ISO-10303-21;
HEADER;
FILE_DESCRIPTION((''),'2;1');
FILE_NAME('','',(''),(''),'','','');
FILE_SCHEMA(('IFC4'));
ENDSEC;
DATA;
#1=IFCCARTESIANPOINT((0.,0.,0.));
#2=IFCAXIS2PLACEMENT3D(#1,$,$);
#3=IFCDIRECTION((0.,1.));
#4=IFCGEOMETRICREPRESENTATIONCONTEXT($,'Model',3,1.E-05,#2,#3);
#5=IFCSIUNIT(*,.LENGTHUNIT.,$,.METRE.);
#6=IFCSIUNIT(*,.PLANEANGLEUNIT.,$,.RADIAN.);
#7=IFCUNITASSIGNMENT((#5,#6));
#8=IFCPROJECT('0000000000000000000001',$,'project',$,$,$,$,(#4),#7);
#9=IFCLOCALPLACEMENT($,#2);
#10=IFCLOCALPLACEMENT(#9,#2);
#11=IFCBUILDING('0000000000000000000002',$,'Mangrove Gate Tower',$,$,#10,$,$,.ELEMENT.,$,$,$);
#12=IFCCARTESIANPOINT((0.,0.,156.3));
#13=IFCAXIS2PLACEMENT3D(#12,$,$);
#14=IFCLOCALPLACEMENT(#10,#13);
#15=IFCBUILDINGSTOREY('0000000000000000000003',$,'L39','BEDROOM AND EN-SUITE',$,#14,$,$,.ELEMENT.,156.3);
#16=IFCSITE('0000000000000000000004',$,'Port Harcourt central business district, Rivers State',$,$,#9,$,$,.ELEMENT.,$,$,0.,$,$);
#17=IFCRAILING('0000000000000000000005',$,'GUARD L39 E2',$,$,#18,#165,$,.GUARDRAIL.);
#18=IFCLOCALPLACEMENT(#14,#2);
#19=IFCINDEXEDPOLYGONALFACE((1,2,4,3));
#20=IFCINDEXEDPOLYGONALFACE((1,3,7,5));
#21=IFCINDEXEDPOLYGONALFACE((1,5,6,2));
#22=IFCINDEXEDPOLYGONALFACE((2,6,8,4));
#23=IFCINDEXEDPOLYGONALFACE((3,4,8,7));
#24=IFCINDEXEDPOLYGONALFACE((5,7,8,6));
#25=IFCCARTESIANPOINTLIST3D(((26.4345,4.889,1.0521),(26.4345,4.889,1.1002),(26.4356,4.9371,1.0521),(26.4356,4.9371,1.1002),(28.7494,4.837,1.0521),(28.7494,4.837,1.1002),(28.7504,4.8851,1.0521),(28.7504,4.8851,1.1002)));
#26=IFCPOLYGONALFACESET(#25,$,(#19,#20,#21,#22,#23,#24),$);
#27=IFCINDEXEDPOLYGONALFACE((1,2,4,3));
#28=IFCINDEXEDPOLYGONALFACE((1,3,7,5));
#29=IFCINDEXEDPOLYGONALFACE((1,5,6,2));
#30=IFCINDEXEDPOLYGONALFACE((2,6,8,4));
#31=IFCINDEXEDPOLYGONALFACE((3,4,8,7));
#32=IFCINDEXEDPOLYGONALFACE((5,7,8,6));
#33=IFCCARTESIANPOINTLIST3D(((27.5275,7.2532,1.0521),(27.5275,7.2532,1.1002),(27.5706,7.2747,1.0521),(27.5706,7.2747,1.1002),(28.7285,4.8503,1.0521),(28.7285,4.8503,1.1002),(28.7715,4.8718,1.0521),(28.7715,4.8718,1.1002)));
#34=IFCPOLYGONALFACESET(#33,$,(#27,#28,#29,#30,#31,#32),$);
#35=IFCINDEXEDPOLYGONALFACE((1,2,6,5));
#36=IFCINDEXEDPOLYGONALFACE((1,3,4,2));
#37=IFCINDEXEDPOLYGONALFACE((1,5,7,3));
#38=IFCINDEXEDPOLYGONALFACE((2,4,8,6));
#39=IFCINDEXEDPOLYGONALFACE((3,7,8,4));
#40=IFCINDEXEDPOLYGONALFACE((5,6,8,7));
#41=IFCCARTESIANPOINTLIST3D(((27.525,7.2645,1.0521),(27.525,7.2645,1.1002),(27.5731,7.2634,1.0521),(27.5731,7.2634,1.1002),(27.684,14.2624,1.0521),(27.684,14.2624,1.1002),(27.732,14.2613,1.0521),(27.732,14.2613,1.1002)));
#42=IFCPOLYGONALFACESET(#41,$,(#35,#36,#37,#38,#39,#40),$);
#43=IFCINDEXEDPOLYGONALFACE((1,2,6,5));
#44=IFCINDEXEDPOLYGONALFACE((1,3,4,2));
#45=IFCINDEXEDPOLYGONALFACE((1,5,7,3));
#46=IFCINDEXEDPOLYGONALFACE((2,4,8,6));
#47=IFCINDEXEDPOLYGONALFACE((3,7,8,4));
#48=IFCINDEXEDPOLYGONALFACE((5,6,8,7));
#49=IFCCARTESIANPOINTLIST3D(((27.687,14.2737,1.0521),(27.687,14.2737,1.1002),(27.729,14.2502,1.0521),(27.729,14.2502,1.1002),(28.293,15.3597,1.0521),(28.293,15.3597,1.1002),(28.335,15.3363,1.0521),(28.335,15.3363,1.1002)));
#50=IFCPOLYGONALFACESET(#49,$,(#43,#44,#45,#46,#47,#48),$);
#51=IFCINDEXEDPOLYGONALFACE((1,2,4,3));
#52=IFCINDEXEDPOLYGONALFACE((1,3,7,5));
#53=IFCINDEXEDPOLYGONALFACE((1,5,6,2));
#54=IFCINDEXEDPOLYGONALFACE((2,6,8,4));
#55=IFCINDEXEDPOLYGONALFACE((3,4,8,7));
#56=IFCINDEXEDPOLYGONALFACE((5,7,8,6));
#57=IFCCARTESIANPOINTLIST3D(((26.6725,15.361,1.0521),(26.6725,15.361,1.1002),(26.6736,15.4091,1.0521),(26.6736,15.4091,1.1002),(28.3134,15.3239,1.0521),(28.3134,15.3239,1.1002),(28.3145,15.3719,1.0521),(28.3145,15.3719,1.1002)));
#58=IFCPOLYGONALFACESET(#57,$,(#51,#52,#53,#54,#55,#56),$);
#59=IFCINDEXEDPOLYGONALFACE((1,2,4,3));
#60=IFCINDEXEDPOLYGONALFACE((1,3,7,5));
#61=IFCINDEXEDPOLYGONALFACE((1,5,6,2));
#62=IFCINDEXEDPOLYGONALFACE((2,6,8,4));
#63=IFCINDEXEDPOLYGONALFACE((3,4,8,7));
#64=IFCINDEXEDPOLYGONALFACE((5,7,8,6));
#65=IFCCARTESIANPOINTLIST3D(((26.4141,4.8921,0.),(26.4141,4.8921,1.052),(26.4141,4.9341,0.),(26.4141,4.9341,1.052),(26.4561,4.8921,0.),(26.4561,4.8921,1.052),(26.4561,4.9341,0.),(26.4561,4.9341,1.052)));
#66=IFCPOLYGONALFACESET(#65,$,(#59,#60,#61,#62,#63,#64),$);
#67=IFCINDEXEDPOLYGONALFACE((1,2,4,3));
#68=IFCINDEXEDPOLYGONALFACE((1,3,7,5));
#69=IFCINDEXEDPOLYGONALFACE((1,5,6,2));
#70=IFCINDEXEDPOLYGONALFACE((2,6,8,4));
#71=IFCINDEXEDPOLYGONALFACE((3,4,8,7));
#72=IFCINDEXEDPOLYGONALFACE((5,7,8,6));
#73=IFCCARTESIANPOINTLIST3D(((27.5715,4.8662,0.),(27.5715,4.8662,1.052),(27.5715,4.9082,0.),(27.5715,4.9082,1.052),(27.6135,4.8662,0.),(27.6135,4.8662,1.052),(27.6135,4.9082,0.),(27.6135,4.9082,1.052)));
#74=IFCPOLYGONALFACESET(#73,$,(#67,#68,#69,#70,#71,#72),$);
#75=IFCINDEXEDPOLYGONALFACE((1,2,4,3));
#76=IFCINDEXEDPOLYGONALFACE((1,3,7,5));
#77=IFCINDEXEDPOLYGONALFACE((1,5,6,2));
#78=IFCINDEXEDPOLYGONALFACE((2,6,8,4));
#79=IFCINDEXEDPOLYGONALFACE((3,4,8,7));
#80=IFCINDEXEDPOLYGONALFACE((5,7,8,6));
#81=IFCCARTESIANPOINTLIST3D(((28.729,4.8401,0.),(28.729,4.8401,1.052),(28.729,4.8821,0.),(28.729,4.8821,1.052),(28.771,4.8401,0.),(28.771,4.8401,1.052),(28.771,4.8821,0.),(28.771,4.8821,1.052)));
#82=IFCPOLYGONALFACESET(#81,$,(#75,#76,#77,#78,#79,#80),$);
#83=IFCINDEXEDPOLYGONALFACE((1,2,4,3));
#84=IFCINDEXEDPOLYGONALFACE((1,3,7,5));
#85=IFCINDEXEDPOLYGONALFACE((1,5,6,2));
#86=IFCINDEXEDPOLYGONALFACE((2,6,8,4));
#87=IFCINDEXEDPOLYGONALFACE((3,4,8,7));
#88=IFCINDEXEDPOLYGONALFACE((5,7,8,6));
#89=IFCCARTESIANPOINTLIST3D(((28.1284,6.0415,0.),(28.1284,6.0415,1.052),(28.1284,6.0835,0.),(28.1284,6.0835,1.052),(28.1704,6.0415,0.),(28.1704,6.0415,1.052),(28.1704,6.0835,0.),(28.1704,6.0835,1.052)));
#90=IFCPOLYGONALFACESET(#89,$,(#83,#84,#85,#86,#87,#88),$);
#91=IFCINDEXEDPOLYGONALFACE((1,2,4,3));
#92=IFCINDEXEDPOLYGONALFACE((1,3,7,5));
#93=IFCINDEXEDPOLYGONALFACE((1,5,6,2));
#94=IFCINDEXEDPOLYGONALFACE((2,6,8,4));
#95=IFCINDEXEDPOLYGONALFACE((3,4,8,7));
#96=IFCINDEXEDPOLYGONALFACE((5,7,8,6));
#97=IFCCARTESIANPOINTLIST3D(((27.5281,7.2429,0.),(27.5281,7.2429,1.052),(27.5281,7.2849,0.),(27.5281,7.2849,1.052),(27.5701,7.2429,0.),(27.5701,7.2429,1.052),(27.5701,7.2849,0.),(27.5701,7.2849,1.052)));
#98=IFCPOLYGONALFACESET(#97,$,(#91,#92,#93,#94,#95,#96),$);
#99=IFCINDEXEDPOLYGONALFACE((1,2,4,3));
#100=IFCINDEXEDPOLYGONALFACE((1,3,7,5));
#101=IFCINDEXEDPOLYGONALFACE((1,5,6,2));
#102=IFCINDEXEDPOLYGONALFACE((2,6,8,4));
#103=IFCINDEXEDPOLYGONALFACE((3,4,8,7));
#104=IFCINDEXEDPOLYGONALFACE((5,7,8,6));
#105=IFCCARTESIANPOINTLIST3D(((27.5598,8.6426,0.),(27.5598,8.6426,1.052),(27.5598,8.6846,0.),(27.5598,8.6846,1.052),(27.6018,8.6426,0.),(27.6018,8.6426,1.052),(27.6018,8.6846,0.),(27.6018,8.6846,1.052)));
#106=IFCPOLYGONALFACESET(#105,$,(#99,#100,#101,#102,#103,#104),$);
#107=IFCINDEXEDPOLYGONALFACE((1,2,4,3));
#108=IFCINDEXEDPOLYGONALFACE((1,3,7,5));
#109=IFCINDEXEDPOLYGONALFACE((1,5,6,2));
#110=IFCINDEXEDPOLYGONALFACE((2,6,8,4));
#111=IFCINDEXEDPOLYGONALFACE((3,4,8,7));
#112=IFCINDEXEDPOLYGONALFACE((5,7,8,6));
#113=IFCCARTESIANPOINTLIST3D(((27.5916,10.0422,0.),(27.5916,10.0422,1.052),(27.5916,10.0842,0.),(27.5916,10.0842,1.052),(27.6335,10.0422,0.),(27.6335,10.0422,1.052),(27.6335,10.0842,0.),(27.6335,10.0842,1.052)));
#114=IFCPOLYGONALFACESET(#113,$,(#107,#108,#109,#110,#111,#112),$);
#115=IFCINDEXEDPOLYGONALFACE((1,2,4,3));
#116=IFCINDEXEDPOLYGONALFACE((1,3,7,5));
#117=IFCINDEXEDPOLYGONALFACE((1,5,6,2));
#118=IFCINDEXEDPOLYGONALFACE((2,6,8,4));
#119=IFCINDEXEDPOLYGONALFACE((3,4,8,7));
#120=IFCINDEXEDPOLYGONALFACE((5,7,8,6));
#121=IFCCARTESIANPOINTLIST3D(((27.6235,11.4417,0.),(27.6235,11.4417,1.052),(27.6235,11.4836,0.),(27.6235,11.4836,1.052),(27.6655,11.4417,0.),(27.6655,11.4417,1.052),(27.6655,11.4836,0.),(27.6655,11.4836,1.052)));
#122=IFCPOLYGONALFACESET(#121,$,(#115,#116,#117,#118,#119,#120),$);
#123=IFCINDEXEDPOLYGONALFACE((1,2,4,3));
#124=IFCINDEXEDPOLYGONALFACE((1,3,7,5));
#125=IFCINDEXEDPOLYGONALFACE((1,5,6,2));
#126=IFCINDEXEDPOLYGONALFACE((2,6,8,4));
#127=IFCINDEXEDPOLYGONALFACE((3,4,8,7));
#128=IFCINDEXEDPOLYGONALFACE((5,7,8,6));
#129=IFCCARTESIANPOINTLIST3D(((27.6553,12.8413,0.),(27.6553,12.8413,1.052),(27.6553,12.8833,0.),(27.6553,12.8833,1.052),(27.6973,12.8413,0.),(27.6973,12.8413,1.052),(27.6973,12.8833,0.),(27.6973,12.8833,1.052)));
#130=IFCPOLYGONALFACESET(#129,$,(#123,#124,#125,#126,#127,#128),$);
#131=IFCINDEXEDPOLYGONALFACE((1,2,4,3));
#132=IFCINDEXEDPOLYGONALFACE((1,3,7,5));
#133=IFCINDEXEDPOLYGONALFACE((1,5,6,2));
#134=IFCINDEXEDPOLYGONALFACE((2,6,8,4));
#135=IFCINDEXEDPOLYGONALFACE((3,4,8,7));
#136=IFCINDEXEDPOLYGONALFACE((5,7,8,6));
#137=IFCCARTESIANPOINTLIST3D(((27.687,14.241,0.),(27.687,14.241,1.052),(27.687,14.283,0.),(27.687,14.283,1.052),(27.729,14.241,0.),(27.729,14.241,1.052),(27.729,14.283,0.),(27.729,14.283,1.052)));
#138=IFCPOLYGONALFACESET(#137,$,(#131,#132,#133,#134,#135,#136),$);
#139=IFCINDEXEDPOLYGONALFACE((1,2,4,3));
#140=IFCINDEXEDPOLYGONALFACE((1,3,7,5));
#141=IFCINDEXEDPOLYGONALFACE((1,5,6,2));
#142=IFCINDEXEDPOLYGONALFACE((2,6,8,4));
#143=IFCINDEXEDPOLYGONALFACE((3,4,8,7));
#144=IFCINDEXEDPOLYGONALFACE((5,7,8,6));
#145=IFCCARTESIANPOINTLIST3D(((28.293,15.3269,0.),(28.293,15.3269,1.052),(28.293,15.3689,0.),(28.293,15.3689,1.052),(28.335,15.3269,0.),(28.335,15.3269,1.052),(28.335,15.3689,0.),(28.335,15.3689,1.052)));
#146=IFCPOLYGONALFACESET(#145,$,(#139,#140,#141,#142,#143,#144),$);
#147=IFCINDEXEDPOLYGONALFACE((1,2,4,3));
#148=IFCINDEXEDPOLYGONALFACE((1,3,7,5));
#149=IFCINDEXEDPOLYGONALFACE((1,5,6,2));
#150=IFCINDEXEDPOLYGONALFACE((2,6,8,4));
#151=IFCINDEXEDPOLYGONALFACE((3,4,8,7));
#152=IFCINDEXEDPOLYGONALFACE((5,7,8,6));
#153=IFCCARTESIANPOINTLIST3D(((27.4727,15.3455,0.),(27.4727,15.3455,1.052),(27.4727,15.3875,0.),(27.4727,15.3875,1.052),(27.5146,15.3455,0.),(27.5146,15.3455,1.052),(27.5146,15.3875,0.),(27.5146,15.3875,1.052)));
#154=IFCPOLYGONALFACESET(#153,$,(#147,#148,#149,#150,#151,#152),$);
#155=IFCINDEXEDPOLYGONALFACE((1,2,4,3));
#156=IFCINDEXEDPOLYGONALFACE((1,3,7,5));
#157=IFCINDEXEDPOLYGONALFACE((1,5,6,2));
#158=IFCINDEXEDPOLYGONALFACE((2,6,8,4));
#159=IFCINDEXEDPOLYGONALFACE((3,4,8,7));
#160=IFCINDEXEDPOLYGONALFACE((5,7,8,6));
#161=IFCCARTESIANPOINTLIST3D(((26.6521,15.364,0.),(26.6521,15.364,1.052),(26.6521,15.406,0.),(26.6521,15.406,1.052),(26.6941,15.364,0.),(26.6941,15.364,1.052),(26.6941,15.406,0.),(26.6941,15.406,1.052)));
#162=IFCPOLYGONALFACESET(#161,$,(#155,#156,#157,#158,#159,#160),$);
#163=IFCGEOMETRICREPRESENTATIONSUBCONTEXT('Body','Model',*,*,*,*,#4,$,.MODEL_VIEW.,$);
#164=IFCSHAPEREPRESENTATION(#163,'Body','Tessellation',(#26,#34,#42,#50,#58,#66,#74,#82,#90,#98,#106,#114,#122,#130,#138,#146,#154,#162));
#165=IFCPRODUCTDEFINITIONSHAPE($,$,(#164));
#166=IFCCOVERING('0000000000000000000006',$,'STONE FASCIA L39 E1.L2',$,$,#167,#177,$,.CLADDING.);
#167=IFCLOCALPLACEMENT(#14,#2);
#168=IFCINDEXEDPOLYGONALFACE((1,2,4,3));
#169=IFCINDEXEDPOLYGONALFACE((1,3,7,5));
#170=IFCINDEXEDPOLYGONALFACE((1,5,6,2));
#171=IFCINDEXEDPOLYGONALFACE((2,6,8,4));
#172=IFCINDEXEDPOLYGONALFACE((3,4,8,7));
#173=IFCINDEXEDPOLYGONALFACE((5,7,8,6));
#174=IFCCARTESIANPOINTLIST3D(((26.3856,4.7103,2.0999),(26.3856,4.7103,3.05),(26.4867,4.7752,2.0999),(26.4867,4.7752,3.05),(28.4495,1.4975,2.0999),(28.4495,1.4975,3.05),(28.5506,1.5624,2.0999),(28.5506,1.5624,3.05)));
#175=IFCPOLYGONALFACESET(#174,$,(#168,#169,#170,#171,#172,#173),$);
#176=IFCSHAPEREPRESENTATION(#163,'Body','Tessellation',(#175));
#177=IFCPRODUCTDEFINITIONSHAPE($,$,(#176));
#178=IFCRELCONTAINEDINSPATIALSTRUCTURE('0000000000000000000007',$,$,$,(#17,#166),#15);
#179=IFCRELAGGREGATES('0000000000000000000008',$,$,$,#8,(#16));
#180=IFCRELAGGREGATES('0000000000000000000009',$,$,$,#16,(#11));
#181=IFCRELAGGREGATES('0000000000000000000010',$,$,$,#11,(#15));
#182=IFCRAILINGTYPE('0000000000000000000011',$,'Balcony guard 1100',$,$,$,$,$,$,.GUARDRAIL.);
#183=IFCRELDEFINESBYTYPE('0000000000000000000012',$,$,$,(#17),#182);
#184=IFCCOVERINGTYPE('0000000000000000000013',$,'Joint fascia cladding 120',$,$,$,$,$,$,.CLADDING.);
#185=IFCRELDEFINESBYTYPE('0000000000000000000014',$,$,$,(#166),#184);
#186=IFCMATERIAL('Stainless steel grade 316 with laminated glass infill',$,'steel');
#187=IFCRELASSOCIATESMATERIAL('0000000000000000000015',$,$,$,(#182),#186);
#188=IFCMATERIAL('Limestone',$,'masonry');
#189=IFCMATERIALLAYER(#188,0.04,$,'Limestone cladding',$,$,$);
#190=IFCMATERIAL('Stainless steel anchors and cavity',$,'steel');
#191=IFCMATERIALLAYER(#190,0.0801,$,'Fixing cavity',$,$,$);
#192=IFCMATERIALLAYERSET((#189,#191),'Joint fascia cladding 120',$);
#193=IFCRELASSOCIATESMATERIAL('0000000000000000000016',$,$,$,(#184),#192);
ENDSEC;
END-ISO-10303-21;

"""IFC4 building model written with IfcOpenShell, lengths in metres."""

from ifc_helpers import new_model, si_unit, direction, frame, frame_2d, origin, origin_2d, place, context, subcontext, project, spatial, rectangle, extrude, material, layer, layer_set, type_object, element, save


model = new_model("IFC4")

# Units and contexts
model_context = context("Model", 3, precision=1e-05, world=origin(), true_north=direction((0.0, 1.0)))
body_context = subcontext(model_context, "Body", "Model", "MODEL_VIEW")
ifc_project = project(units=[si_unit("LENGTHUNIT", "METRE"), si_unit("PLANEANGLEUNIT", "RADIAN")], contexts=[model_context])

# Site, building, storey
site_placement = place(None, origin())
site = spatial("IfcSite", under=ifc_project, at=site_placement, Name="Port Harcourt central business district, Rivers State", CompositionType="ELEMENT", RefElevation=0.0)
building_placement = place(site_placement, origin())
building = spatial("IfcBuilding", under=site, at=building_placement, Name="Mangrove Gate Tower", CompositionType="ELEMENT")
storey_placement = place(building_placement, frame((0.0, 0.0, 156.3)))
storey = spatial("IfcBuildingStorey", under=building, at=storey_placement, Name="L39", Description="BEDROOM AND EN-SUITE", CompositionType="ELEMENT", Elevation=156.3)

# Shared definitions
ifc_material_1 = material(Name="Limestone", Category="masonry")

# Railing
ifc_material_2 = material(Name="Stainless steel grade 316 with laminated glass infill", Category="steel")
railing_type = type_object("IfcRailingType", Name="Balcony guard 1100", PredefinedType="GUARDRAIL", material=ifc_material_2)
railing_placement = place(storey_placement, frame((26.4351, 4.9131, 0.0)))
element("IfcRailing", 1, at=railing_placement, inside=storey, type_object=railing_type, Name="GUARD L39 E2", PredefinedType="GUARDRAIL", context=body_context, shape_type="SweptSolid", body=[
    extrude(rectangle(XDim=0.0481, YDim=0.0481, at=origin_2d()), frame((0.0, 0.0, 1.0762), z_axis=(0.999748, -0.022458, 0.0), x_axis=(0.022458, 0.999748, 0.0)), (0.0, 0.0, 1.0), 2.3154),
    extrude(rectangle(XDim=0.0481, YDim=0.0481, at=origin_2d()), frame((2.3149, -0.052, 1.0762), z_axis=(-0.447068, 0.8945, 0.0), x_axis=(-0.8945, -0.447068, 0.0)), (0.0, 0.0, 1.0), 2.6863),
    extrude(rectangle(XDim=0.0481, YDim=0.0481, at=origin_2d()), frame((1.114, 2.3508, 1.0762), z_axis=(0.022706, 0.999742, 0.0), x_axis=(-0.999742, 0.022706, 0.0)), (0.0, 0.0, 1.0), 6.9998),
    extrude(rectangle(XDim=0.0481, YDim=0.0481, at=origin_2d()), frame((1.2729, 9.3489, 1.0762), z_axis=(0.487276, 0.873248, 0.0), x_axis=(-0.873248, 0.487276, 0.0)), (0.0, 0.0, 1.0), 1.2437),
    extrude(rectangle(XDim=0.0481, YDim=0.0481, at=origin_2d()), frame((1.8789, 10.4348, 1.0762), z_axis=(-0.999744, 0.02261, 0.0), x_axis=(-0.02261, -0.999744, 0.0)), (0.0, 0.0, 1.0), 1.6414),
    extrude(rectangle(XDim=0.042, YDim=0.042, at=origin_2d()), origin(), (0.0, 0.0, 1.0), 1.052),
    extrude(rectangle(XDim=0.042, YDim=0.042, at=origin_2d()), frame((1.1575, -0.0259, 0.0)), (0.0, 0.0, 1.0), 1.052),
    extrude(rectangle(XDim=0.042, YDim=0.042, at=origin_2d()), frame((2.3149, -0.052, 0.0)), (0.0, 0.0, 1.0), 1.052),
    extrude(rectangle(XDim=0.042, YDim=0.042, at=origin_2d()), frame((1.7144, 1.1494, 0.0)), (0.0, 0.0, 1.0), 1.052),
    extrude(rectangle(XDim=0.042, YDim=0.042, at=origin_2d()), frame((1.114, 2.3508, 0.0)), (0.0, 0.0, 1.0), 1.052),
    extrude(rectangle(XDim=0.042, YDim=0.042, at=origin_2d()), frame((1.1458, 3.7505, 0.0)), (0.0, 0.0, 1.0), 1.052),
    extrude(rectangle(XDim=0.042, YDim=0.042, at=origin_2d()), frame((1.1775, 5.1501, 0.0)), (0.0, 0.0, 1.0), 1.052),
    extrude(rectangle(XDim=0.042, YDim=0.042, at=origin_2d()), frame((1.2095, 6.5496, 0.0)), (0.0, 0.0, 1.0), 1.052),
    extrude(rectangle(XDim=0.042, YDim=0.042, at=origin_2d()), frame((1.2412, 7.9492, 0.0)), (0.0, 0.0, 1.0), 1.052),
    extrude(rectangle(XDim=0.042, YDim=0.042, at=origin_2d()), frame((1.2729, 9.3489, 0.0)), (0.0, 0.0, 1.0), 1.052),
    extrude(rectangle(XDim=0.042, YDim=0.042, at=origin_2d()), frame((1.8789, 10.4348, 0.0)), (0.0, 0.0, 1.0), 1.052),
    extrude(rectangle(XDim=0.042, YDim=0.042, at=origin_2d()), frame((1.0586, 10.4534, 0.0)), (0.0, 0.0, 1.0), 1.052),
    extrude(rectangle(XDim=0.042, YDim=0.042, at=origin_2d()), frame((0.238, 10.4719, 0.0)), (0.0, 0.0, 1.0), 1.052),
])

# Covering
ifc_layer_1 = layer(ifc_material_1, 0.04, Name="Limestone cladding")
ifc_material_3 = material(Name="Stainless steel anchors and cavity", Category="steel")
ifc_layer_2 = layer(ifc_material_3, 0.0801, Name="Fixing cavity")
ifc_layer_set_1 = layer_set([ifc_layer_1, ifc_layer_2], Name="Joint fascia cladding 120")
covering_type = type_object("IfcCoveringType", Name="Joint fascia cladding 120", PredefinedType="CLADDING", material=ifc_layer_set_1)
covering_placement = place(storey_placement, frame((28.5, 1.53, 2.0999), z_axis=(0.0, 0.0, 1.0), x_axis=(-0.540486, 0.841353, 0.0)))
element("IfcCovering", 2, at=covering_placement, inside=storey, type_object=covering_type, Name="STONE FASCIA L39 E1.L2", PredefinedType="CLADDING", context=body_context, shape_type="SweptSolid", body=[
    extrude(rectangle(XDim=3.8186, YDim=0.1201, at=frame_2d((1.9092, 0.0))), origin(), (0.0, 0.0, 1.0), 0.9502),
])

save(model, "model.ifc")
